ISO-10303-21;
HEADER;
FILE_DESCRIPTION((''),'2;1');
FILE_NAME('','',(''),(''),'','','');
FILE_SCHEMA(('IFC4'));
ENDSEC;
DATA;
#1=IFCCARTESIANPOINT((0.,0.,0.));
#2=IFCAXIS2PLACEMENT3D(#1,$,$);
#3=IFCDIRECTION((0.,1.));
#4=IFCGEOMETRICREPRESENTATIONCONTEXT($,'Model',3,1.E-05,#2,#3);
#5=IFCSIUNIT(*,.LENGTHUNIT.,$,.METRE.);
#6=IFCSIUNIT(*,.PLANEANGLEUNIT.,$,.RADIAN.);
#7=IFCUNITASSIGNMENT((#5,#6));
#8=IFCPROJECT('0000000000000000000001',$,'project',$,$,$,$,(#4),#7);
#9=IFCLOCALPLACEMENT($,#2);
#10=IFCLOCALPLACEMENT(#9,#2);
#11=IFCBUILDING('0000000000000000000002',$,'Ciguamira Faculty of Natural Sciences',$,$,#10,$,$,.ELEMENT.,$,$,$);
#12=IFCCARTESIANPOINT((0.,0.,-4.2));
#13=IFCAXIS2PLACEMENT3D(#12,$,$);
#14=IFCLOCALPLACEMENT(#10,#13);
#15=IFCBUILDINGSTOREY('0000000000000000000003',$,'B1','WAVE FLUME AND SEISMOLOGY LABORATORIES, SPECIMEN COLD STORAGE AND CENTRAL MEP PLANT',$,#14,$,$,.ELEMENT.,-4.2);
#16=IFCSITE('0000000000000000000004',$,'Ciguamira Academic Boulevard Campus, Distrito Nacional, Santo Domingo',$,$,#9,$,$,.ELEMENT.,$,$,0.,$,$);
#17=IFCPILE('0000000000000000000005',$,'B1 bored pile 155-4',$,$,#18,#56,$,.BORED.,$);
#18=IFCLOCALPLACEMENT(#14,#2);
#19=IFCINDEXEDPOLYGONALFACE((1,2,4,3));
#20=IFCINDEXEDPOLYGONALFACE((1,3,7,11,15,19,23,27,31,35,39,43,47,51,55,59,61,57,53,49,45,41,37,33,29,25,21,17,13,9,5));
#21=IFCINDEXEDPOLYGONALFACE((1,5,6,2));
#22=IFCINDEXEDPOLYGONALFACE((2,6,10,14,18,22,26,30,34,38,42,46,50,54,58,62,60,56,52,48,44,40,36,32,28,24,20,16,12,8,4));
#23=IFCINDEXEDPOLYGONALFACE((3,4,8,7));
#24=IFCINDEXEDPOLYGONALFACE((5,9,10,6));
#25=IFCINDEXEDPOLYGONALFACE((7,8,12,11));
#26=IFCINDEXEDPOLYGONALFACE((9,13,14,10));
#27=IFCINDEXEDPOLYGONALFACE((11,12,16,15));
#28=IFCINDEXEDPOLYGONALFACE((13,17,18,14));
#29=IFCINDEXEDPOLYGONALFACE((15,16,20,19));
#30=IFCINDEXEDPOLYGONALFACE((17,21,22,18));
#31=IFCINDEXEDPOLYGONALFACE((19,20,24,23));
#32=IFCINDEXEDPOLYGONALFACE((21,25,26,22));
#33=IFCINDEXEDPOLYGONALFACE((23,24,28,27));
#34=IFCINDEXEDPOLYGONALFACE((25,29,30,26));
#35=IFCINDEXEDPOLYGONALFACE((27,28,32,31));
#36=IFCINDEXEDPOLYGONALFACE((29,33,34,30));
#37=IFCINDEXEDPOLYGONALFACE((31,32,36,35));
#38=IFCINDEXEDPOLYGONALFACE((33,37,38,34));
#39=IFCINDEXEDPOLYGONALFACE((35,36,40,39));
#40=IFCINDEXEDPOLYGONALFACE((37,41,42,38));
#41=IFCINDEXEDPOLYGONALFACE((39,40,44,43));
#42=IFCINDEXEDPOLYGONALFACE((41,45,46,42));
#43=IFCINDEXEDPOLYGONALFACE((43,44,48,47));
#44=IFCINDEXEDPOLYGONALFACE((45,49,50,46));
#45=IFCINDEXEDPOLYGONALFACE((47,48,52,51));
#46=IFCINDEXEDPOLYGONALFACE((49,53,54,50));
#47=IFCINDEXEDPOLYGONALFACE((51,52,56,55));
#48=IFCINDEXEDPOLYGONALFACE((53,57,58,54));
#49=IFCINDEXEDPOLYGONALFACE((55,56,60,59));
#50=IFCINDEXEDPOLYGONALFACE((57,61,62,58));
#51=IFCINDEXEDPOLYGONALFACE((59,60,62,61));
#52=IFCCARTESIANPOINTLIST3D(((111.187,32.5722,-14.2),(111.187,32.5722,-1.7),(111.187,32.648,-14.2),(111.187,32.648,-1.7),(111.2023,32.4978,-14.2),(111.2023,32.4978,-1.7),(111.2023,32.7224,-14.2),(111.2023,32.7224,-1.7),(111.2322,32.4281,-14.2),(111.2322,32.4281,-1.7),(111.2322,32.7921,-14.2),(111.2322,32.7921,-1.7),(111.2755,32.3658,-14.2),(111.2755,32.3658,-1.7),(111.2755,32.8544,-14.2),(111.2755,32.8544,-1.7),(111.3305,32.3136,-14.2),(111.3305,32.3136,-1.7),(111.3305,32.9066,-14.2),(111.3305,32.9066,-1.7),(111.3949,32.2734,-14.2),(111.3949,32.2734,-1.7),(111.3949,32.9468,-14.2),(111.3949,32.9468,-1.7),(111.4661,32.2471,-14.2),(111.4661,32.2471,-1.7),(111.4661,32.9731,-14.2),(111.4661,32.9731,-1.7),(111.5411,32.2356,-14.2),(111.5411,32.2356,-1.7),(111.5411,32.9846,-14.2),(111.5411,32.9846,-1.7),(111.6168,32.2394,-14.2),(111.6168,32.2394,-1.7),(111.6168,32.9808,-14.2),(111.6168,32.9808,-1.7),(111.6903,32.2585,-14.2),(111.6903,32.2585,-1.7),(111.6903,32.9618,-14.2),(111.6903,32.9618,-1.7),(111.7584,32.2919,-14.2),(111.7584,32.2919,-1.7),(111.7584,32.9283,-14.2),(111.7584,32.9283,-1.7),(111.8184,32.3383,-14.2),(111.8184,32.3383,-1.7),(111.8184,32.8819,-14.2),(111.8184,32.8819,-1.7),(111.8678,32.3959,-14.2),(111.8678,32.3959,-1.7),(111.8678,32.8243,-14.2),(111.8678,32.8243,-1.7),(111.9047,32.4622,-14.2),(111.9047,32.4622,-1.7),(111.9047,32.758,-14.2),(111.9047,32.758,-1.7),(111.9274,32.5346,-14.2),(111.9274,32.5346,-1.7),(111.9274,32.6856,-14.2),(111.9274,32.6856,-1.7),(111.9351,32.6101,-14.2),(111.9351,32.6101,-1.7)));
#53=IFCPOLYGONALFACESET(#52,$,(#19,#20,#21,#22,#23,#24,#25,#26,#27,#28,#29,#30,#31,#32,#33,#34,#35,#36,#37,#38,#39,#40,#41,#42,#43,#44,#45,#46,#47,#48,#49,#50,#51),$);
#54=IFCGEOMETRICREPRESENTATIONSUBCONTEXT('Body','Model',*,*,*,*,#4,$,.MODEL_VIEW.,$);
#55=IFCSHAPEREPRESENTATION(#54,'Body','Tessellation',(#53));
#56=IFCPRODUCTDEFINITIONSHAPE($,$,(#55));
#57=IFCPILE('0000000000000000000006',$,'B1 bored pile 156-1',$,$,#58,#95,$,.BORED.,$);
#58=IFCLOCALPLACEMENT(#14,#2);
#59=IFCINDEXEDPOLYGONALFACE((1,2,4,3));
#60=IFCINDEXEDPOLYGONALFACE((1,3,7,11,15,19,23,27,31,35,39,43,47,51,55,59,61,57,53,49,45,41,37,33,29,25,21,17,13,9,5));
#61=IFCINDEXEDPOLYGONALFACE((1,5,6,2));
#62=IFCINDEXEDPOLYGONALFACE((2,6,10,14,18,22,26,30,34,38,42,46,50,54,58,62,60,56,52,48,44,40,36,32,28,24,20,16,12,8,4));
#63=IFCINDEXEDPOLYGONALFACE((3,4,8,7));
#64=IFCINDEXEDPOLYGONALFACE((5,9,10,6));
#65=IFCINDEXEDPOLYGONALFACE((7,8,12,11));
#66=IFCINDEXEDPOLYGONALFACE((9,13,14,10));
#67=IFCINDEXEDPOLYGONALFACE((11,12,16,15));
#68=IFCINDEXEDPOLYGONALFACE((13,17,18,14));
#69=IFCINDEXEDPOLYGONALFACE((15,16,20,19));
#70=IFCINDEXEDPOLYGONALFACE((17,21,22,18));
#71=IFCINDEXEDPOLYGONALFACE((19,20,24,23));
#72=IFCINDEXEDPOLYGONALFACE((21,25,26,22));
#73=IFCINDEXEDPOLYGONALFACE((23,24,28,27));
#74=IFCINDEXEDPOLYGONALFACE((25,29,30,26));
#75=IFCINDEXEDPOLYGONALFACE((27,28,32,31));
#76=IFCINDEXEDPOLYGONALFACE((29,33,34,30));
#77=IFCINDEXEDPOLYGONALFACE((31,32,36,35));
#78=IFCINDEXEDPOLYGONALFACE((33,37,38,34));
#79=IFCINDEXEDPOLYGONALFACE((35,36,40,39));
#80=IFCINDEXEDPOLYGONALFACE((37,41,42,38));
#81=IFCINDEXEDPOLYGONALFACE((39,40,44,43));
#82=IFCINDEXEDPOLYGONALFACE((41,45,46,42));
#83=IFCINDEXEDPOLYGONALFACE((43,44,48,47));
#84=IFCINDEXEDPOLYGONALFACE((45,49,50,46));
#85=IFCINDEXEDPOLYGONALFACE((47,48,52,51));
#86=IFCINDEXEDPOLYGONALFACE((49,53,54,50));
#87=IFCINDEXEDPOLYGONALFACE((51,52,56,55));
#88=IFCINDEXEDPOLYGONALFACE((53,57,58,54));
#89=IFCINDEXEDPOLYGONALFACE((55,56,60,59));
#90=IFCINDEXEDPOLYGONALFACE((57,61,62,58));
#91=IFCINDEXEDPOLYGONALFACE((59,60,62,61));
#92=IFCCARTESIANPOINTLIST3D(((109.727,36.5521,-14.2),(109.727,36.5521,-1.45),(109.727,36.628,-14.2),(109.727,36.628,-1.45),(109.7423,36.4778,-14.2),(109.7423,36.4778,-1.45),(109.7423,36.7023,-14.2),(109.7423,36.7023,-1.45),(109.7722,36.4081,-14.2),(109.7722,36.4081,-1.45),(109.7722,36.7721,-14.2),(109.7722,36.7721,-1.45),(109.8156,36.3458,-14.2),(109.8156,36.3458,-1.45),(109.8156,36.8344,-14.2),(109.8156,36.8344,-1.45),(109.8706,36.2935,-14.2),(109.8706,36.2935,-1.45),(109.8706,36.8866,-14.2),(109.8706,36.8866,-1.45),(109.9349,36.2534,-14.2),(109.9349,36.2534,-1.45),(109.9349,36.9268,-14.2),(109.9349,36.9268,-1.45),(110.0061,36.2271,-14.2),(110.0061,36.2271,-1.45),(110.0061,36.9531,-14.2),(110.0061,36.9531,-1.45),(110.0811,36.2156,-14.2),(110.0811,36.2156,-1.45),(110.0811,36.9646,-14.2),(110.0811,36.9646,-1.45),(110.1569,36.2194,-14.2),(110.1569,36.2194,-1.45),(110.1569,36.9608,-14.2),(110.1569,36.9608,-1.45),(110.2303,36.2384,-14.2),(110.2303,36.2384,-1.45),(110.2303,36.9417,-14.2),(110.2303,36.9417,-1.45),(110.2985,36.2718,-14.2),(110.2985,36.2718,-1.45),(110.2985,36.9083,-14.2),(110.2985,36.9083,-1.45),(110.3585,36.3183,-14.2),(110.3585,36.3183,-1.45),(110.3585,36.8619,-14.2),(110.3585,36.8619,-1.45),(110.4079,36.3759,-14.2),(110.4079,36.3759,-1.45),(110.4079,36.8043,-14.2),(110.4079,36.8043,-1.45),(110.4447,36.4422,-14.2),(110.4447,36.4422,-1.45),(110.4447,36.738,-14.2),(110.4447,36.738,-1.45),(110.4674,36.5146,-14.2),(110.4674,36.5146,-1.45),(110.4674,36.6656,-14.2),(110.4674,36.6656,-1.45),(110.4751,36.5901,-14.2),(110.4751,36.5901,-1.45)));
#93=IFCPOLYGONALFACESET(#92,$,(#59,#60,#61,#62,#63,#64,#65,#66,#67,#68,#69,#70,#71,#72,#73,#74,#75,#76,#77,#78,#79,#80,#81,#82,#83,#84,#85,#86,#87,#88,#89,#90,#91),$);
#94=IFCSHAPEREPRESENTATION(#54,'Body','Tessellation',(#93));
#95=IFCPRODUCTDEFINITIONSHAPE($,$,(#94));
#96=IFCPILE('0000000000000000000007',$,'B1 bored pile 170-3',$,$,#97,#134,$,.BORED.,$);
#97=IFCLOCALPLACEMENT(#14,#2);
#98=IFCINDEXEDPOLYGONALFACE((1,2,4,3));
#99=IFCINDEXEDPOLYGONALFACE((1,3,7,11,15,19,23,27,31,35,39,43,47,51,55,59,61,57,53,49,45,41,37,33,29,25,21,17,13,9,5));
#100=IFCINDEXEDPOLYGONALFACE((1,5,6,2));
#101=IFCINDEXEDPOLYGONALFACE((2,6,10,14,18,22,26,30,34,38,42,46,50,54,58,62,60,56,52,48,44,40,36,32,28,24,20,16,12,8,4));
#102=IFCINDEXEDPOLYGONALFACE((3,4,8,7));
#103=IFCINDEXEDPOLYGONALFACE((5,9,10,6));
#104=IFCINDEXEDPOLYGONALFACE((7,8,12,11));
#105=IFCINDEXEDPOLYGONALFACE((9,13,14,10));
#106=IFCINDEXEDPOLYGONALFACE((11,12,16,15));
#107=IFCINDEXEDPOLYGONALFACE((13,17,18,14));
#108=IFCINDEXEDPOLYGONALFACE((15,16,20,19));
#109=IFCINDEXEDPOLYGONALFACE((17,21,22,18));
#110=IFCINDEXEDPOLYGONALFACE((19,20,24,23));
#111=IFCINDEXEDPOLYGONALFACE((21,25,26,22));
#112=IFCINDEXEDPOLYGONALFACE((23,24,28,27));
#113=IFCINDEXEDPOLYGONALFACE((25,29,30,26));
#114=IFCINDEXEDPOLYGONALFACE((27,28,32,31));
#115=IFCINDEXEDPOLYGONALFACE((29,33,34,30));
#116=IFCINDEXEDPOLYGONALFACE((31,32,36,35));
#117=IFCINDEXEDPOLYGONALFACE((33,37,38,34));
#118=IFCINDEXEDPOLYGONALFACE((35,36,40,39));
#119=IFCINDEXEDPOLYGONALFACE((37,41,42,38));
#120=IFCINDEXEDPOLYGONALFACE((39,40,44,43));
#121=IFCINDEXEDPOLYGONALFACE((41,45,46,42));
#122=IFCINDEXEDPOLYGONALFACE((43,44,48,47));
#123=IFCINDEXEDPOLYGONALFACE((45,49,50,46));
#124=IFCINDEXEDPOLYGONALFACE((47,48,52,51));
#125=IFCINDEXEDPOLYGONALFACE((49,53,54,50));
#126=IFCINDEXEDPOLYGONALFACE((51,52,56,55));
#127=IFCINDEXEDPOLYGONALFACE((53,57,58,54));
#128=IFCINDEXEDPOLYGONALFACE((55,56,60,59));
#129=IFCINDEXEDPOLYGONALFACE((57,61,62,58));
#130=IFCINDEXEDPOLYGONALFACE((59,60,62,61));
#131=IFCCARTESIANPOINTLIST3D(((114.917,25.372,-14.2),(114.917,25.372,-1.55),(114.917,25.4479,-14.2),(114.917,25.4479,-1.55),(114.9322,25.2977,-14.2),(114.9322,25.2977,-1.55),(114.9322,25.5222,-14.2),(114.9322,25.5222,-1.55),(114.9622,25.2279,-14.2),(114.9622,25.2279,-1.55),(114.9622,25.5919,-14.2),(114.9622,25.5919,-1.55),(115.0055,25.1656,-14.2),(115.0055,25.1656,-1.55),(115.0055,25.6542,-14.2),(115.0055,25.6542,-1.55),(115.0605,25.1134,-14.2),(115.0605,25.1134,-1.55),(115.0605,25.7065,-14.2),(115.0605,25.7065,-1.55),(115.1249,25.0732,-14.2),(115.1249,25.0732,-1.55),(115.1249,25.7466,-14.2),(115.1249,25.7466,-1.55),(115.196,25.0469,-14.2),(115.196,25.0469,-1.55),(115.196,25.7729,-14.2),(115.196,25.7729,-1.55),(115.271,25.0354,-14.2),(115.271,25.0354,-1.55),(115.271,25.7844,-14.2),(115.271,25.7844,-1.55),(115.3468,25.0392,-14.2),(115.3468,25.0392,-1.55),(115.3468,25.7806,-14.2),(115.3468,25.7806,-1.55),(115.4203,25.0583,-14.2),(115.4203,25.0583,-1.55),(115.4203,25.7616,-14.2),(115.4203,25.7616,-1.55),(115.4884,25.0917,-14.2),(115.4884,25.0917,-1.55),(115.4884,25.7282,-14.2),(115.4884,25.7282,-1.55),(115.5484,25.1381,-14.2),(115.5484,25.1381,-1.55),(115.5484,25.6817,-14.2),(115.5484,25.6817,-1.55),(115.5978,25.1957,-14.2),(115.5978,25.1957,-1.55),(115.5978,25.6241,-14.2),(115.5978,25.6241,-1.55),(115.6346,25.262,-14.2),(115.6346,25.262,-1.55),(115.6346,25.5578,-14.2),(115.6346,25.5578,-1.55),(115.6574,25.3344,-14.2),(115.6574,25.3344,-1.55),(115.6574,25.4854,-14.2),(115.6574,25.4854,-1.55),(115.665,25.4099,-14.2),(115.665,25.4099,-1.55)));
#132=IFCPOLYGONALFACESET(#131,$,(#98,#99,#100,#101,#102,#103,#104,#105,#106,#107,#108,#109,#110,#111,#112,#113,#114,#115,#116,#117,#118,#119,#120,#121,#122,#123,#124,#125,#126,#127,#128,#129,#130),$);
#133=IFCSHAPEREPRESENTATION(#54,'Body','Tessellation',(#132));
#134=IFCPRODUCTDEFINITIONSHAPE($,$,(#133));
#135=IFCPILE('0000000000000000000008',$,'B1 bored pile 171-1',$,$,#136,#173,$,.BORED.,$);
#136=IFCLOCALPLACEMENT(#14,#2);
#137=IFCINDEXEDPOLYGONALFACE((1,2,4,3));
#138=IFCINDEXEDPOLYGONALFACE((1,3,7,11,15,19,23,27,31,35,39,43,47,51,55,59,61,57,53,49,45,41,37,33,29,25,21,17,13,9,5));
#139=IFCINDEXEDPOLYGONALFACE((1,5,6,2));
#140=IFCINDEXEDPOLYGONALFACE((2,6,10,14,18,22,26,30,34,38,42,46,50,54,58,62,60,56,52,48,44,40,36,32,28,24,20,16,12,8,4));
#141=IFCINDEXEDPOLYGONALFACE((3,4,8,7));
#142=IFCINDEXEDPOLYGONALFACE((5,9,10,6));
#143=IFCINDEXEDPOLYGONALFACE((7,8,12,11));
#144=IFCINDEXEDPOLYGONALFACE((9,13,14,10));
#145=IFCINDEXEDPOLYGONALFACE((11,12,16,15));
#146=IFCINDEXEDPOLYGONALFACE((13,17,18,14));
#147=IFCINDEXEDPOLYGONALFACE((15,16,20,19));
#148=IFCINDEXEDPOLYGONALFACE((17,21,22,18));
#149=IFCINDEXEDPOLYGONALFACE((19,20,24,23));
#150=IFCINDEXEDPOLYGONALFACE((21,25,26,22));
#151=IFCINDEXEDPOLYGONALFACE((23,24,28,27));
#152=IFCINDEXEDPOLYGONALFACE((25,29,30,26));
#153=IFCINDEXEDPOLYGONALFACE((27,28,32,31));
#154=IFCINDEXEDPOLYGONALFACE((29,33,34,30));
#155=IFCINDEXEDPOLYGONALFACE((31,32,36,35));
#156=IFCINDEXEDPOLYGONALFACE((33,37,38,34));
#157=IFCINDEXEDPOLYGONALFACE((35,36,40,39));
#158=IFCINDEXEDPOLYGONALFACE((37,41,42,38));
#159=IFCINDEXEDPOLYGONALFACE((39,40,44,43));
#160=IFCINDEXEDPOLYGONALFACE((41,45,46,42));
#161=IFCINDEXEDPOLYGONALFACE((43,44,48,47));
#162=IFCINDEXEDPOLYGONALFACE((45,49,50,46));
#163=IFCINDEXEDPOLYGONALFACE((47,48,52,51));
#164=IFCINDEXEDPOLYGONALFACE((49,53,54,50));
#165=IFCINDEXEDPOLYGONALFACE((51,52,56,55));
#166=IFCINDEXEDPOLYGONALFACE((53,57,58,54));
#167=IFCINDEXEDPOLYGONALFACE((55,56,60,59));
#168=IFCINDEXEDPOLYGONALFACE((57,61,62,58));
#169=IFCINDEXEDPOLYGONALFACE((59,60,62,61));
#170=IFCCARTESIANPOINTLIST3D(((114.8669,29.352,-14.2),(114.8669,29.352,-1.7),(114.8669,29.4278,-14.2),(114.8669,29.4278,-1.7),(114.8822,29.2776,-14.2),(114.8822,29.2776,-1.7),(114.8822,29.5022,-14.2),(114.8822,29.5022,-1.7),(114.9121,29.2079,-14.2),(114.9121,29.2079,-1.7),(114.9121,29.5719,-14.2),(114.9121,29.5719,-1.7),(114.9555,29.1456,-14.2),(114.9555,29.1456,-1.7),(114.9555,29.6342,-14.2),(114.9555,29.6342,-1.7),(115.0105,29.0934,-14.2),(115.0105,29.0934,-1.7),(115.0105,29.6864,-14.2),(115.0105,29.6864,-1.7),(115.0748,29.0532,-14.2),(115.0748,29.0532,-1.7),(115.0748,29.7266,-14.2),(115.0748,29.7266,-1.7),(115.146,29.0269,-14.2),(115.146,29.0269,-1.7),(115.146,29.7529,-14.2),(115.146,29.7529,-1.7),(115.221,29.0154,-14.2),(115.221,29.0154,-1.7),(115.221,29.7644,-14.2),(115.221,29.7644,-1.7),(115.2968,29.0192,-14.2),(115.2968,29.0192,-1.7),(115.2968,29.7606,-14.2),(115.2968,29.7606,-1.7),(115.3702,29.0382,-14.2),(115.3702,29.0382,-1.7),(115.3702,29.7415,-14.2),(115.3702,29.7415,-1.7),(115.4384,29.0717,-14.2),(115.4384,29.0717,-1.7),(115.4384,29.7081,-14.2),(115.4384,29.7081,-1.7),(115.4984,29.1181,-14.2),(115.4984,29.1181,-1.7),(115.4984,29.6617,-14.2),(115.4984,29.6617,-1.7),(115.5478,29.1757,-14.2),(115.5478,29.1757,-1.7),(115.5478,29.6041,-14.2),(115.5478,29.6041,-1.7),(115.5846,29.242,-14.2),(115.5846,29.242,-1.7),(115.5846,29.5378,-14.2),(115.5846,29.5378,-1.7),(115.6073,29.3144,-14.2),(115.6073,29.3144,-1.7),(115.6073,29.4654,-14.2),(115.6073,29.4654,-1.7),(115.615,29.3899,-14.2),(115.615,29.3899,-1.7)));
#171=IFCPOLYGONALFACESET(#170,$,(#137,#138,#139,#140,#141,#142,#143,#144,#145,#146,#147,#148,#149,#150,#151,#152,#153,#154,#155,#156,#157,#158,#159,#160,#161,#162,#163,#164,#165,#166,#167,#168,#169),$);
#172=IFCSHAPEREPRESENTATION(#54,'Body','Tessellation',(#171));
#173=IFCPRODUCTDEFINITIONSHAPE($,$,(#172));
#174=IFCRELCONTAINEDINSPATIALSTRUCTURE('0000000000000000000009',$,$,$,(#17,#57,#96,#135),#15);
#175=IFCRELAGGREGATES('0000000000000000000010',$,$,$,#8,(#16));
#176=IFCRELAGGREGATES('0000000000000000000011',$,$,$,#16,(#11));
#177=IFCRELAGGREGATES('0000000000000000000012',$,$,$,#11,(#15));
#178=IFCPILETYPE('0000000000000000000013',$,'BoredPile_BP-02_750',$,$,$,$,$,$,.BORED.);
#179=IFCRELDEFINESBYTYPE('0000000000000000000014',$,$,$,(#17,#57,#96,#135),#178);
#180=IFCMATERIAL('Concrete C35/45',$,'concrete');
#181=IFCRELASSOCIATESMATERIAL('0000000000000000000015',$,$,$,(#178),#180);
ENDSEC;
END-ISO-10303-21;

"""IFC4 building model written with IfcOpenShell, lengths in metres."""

from ifc_helpers import new_model, si_unit, direction, frame, origin, origin_2d, place, context, subcontext, project, spatial, circle, extrude, material, material_profile, profile_set, type_object, element, save


model = new_model("IFC4")

# Units and contexts
model_context = context("Model", 3, precision=1e-05, world=origin(), true_north=direction((0.0, 1.0)))
body_context = subcontext(model_context, "Body", "Model", "MODEL_VIEW")
ifc_project = project(units=[si_unit("LENGTHUNIT", "METRE"), si_unit("PLANEANGLEUNIT", "RADIAN")], contexts=[model_context])

# Site, building, storey
site_placement = place(None, origin())
site = spatial("IfcSite", under=ifc_project, at=site_placement, Name="Ciguamira Academic Boulevard Campus, Distrito Nacional, Santo Domingo", CompositionType="ELEMENT", RefElevation=0.0)
building_placement = place(site_placement, origin())
building = spatial("IfcBuilding", under=site, at=building_placement, Name="Ciguamira Faculty of Natural Sciences", CompositionType="ELEMENT")
storey_placement = place(building_placement, frame((0.0, 0.0, -4.2)))
storey = spatial("IfcBuildingStorey", under=building, at=storey_placement, Name="B1", Description="WAVE FLUME AND SEISMOLOGY LABORATORIES, SPECIMEN COLD STORAGE AND CENTRAL MEP PLANT", CompositionType="ELEMENT", Elevation=-4.2)

# Piles
ifc_material_1 = material(Name="Concrete C35/45", Category="concrete")
ifc_material_profile_1 = material_profile(ifc_material_1, circle(Radius=0.375, at=origin_2d()), Name="PILE-BORED-750")
ifc_profile_set_1 = profile_set([ifc_material_profile_1], Name="Concrete C35/45")
pile_type = type_object("IfcPileType", Name="BoredPile_BP-02_750", PredefinedType="BORED", material=ifc_profile_set_1)
for number, where, z_axis, x_axis, name in (
    (1, (111.5601, 32.6101, -1.7), (0.0, 0.0, -1.0), (1.0, 0.0, 0.0), "B1 bored pile 155-4"),
):
    element("IfcPile", number, at=place(storey_placement, frame(where, z_axis=z_axis, x_axis=x_axis)), inside=storey, type_object=pile_type, Name=name, PredefinedType="BORED", context=body_context, shape_type="SweptSolid", body=[
        extrude(circle(Radius=0.375, at=origin_2d()), origin(), (0.0, 0.0, 1.0), 12.5),
    ])
pile_1_placement = place(storey_placement, frame((110.1001, 36.5901, -1.45), z_axis=(0.0, 0.0, -1.0), x_axis=(1.0, 0.0, 0.0)))
element("IfcPile", 2, at=pile_1_placement, inside=storey, type_object=pile_type, Name="B1 bored pile 156-1", PredefinedType="BORED", context=body_context, shape_type="SweptSolid", body=[
    extrude(circle(Radius=0.375, at=origin_2d()), origin(), (0.0, 0.0, 1.0), 12.75),
])
pile_2_placement = place(storey_placement, frame((115.29, 25.4099, -1.55), z_axis=(0.0, 0.0, -1.0), x_axis=(1.0, 0.0, 0.0)))
element("IfcPile", 3, at=pile_2_placement, inside=storey, type_object=pile_type, Name="B1 bored pile 170-3", PredefinedType="BORED", context=body_context, shape_type="SweptSolid", body=[
    extrude(circle(Radius=0.375, at=origin_2d()), origin(), (0.0, 0.0, 1.0), 12.6499),
])
for number, where, z_axis, x_axis, name in (
    (4, (115.24, 29.3899, -1.7), (0.0, 0.0, -1.0), (1.0, 0.0, 0.0), "B1 bored pile 171-1"),
):
    element("IfcPile", number, at=place(storey_placement, frame(where, z_axis=z_axis, x_axis=x_axis)), inside=storey, type_object=pile_type, Name=name, PredefinedType="BORED", context=body_context, shape_type="SweptSolid", body=[
        extrude(circle(Radius=0.375, at=origin_2d()), origin(), (0.0, 0.0, 1.0), 12.5),
    ])

save(model, "model.ifc")
